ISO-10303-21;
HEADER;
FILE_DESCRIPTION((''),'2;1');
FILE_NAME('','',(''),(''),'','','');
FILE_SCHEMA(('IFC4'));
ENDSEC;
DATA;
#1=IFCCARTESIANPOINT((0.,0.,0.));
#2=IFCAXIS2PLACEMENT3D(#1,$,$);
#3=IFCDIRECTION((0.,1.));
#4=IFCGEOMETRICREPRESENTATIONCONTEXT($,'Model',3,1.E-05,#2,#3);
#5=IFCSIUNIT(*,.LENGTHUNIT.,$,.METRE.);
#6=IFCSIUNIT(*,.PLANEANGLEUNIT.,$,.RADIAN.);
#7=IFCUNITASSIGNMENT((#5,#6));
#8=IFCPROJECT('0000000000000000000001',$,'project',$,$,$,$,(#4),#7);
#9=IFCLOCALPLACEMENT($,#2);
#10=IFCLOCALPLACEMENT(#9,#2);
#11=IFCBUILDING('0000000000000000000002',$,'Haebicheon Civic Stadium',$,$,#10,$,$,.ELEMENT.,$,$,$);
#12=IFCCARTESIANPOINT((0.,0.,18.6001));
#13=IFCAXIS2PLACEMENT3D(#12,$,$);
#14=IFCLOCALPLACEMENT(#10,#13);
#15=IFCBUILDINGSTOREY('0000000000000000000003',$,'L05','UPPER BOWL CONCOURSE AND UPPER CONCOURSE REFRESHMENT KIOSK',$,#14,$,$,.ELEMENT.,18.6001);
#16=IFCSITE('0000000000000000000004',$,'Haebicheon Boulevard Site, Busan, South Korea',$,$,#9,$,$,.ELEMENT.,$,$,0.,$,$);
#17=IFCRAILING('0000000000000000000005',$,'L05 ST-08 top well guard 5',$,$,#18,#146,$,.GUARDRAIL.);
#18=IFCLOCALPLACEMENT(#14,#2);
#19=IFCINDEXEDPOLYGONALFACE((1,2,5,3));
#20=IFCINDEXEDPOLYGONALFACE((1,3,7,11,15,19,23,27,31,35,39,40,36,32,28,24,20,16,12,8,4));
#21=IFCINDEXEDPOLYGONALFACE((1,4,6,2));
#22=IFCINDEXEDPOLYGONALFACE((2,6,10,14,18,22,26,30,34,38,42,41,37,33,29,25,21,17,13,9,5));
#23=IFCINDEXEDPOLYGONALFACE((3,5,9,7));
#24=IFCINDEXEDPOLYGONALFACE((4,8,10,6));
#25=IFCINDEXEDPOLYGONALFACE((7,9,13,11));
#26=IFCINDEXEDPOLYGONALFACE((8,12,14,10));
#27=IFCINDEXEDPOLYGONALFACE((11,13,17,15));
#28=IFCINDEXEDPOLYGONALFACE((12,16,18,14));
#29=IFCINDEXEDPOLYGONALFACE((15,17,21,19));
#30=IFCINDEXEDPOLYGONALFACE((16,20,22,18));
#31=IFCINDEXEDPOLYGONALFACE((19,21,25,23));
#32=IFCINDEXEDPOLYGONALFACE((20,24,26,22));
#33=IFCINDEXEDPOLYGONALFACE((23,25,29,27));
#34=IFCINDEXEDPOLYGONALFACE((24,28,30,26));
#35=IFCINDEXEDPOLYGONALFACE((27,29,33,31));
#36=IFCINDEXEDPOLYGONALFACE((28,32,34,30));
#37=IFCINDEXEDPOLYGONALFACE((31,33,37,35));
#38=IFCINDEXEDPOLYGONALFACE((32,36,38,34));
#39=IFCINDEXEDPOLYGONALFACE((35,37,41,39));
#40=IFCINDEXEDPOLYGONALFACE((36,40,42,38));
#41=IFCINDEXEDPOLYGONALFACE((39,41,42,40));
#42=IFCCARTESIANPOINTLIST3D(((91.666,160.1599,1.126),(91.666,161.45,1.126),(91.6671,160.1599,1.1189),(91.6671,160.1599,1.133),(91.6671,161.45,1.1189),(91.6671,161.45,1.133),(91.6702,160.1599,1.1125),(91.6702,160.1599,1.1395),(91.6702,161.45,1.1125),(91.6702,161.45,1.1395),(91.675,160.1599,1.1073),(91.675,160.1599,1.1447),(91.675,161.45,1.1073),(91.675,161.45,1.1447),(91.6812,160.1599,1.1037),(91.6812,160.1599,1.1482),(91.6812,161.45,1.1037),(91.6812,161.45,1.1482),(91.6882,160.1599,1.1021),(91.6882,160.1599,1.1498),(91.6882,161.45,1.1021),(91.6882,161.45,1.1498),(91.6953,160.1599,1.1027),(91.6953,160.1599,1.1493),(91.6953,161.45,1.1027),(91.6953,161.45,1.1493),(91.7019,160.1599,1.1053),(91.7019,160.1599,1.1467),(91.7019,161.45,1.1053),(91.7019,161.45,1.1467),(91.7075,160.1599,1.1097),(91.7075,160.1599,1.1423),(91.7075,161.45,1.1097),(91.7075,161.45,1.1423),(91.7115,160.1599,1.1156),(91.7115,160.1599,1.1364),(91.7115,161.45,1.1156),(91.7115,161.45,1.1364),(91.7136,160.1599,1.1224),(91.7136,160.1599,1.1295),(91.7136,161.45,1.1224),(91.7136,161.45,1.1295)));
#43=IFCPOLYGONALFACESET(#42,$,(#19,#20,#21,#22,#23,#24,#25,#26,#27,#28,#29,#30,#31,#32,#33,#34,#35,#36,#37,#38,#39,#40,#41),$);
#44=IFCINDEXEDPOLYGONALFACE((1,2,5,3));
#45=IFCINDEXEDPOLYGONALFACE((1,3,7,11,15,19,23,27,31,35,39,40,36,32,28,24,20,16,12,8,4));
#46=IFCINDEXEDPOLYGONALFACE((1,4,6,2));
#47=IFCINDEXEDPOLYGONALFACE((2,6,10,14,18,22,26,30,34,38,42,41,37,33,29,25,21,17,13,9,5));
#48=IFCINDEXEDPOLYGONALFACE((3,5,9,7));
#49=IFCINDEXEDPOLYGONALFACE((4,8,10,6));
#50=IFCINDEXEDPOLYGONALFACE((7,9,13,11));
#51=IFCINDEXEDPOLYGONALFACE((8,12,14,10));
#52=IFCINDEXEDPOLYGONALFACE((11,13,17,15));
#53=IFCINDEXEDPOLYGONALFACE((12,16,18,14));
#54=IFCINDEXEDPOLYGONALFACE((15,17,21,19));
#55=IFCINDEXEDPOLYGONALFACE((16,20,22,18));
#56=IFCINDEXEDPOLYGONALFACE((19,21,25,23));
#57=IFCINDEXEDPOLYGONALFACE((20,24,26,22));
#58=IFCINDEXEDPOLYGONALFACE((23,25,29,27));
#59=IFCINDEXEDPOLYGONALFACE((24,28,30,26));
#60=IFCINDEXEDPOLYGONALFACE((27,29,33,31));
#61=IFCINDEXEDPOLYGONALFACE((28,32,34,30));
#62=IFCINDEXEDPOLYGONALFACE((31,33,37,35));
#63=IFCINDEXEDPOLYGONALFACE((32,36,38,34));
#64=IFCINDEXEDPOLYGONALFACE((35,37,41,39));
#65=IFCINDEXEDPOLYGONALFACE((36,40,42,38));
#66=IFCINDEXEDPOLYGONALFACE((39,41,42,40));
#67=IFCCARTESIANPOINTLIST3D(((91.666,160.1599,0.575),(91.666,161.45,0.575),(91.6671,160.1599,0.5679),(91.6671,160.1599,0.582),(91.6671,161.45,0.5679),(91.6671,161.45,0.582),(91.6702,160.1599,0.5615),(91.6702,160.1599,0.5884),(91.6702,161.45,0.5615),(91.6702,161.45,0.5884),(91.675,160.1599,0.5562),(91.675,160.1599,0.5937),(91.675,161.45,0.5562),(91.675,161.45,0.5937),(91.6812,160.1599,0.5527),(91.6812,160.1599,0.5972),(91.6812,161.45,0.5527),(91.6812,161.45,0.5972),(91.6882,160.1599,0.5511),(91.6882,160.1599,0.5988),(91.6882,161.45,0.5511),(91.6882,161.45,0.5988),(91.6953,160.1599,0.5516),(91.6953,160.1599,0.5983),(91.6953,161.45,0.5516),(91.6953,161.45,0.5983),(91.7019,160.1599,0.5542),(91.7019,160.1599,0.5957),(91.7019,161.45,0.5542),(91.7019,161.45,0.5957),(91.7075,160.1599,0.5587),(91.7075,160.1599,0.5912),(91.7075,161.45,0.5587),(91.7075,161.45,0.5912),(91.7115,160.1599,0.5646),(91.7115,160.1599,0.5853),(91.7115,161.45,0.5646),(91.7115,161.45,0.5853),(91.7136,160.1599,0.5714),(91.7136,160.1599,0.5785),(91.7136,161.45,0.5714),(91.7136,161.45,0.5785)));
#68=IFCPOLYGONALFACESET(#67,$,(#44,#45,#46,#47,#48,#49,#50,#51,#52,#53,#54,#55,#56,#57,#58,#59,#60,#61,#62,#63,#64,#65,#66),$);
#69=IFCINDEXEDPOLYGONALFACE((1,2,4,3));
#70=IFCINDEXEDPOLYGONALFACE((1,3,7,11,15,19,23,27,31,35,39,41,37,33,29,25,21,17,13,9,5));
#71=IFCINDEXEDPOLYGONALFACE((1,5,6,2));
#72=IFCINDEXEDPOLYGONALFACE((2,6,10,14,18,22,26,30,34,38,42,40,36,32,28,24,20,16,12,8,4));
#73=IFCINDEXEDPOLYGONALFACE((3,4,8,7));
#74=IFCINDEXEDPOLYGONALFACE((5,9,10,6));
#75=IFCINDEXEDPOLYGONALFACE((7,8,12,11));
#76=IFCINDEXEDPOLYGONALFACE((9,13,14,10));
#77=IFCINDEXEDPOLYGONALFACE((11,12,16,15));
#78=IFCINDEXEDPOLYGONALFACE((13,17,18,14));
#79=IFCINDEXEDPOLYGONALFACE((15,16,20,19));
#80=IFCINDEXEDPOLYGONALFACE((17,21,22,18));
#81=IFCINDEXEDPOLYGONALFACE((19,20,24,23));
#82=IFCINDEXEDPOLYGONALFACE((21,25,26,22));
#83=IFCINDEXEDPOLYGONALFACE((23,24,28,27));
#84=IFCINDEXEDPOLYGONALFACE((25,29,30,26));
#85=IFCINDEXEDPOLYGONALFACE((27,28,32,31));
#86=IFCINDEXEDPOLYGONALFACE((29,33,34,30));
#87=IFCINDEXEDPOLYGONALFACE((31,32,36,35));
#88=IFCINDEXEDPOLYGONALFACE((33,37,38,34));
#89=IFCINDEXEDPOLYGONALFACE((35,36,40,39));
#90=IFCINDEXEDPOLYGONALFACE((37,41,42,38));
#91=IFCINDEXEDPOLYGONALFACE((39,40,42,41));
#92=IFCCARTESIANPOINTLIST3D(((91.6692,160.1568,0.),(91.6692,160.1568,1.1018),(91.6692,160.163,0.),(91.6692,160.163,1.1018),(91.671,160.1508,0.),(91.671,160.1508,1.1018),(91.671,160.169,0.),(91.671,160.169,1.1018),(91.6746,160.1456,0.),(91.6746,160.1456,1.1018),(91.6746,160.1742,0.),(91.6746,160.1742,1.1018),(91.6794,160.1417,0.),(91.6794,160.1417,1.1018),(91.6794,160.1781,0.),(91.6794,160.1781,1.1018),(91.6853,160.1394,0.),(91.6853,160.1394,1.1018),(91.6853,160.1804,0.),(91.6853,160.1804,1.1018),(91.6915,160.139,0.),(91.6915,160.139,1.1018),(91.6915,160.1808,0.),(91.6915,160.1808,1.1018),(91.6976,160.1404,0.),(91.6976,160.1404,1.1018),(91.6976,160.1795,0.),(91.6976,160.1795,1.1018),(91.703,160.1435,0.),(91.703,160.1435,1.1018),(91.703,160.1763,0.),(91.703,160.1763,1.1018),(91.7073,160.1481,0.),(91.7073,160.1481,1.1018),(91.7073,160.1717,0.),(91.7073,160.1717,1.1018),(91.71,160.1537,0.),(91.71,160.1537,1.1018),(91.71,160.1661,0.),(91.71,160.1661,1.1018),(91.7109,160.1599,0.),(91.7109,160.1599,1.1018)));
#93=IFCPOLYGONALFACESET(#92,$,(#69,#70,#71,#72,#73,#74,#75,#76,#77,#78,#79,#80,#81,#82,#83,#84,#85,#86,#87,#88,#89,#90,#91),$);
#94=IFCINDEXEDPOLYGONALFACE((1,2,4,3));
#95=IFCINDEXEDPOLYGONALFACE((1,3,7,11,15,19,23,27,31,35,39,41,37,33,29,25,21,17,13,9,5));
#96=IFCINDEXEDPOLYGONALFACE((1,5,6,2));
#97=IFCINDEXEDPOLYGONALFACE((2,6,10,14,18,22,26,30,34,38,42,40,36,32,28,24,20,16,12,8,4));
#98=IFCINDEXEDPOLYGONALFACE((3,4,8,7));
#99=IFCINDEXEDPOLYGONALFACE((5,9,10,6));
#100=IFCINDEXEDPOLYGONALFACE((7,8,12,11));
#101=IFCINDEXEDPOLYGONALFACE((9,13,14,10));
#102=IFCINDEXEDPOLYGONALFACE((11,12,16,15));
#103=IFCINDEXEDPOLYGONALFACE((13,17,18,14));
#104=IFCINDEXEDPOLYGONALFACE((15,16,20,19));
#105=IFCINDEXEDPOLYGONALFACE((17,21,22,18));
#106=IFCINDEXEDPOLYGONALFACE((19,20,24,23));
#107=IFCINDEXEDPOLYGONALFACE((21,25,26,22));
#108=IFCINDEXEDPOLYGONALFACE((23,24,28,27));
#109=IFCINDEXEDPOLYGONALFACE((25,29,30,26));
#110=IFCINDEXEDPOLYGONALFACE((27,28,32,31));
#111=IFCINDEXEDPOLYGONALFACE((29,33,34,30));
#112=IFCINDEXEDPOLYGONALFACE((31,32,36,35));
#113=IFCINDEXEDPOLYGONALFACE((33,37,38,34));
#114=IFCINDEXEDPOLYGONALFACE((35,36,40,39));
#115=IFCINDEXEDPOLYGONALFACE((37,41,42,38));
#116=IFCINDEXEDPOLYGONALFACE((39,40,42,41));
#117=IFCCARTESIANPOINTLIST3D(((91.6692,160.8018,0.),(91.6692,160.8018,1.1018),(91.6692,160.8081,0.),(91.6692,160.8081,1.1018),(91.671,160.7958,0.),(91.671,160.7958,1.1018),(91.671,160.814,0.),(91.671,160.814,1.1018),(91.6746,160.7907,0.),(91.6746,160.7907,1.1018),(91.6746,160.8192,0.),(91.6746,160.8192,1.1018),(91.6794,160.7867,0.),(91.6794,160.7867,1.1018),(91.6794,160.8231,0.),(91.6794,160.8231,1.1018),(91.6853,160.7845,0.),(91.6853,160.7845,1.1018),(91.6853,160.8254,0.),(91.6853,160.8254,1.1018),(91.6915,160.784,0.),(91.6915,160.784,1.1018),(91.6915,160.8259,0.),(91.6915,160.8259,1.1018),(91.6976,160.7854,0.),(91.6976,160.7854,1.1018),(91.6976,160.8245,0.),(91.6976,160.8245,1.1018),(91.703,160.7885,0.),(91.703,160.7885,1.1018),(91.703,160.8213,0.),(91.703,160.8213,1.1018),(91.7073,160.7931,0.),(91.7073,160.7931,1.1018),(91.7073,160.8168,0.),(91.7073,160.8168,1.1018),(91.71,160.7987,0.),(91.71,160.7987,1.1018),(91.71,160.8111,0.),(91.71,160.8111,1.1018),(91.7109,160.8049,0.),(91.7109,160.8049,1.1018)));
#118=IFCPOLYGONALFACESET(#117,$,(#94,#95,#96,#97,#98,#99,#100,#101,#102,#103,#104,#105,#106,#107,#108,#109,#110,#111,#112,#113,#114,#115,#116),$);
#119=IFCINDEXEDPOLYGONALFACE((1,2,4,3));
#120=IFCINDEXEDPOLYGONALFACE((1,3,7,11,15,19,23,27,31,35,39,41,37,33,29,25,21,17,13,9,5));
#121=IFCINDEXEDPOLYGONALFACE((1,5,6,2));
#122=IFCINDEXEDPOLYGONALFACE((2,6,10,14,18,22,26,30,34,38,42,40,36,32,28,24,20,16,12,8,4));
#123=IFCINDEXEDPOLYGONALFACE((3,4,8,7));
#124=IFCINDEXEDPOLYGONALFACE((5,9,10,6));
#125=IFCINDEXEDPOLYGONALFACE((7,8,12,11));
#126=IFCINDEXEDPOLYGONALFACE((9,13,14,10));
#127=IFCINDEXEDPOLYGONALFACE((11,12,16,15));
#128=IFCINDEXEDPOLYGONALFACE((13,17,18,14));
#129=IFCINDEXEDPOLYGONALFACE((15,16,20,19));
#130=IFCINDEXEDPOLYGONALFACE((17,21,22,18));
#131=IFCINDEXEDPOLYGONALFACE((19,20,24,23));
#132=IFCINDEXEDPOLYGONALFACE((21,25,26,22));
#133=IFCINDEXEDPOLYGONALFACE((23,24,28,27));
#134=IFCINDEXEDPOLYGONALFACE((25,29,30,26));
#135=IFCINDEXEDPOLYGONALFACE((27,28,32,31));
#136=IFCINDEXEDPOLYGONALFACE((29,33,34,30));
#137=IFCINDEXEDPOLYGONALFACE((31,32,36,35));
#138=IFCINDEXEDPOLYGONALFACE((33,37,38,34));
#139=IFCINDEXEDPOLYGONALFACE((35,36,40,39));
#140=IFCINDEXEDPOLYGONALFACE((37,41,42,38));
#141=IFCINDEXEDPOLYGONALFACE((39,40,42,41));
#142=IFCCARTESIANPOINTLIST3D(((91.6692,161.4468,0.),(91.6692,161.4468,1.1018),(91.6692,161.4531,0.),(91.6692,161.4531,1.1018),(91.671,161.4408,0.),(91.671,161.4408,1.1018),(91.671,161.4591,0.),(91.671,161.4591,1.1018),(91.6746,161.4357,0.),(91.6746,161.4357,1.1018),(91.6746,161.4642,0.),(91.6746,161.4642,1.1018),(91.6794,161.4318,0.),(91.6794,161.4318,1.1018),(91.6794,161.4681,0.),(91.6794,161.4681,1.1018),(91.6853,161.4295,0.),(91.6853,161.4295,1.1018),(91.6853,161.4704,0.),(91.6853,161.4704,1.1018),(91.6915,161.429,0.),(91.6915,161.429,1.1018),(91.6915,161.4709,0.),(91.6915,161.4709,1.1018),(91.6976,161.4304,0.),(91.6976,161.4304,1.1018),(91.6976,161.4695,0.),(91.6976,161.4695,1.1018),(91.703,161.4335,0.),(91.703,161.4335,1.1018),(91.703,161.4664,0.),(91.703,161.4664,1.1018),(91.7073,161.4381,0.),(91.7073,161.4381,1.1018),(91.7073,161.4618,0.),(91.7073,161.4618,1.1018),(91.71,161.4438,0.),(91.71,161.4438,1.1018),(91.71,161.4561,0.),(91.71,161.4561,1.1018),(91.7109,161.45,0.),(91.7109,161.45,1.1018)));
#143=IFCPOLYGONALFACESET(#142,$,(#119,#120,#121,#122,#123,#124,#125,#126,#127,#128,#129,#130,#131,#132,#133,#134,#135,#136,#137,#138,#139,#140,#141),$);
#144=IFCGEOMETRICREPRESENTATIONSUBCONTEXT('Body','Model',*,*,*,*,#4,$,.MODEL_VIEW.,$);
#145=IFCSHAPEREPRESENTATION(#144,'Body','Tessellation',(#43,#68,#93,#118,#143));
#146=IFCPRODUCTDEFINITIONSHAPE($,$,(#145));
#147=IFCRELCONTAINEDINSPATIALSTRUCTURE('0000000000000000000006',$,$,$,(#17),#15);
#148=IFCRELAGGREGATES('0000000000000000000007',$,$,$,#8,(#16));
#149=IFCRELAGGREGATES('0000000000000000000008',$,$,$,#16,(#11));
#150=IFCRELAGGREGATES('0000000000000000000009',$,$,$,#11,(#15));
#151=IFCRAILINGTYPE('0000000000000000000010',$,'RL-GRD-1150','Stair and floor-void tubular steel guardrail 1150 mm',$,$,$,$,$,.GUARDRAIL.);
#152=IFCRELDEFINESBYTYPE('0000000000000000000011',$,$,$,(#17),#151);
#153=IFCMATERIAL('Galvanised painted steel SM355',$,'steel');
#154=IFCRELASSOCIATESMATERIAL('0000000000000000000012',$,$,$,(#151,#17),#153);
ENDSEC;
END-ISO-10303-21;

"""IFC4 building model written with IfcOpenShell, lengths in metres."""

from ifc_helpers import new_model, si_unit, direction, frame, origin, origin_2d, place, context, subcontext, project, spatial, circle, extrude, material, type_object, element, save


model = new_model("IFC4")

# Units and contexts
model_context = context("Model", 3, precision=1e-05, world=origin(), true_north=direction((0.0, 1.0)))
body_context = subcontext(model_context, "Body", "Model", "MODEL_VIEW")
ifc_project = project(units=[si_unit("LENGTHUNIT", "METRE"), si_unit("PLANEANGLEUNIT", "RADIAN")], contexts=[model_context])

# Site, building, storey
site_placement = place(None, origin())
site = spatial("IfcSite", under=ifc_project, at=site_placement, Name="Haebicheon Boulevard Site, Busan, South Korea", CompositionType="ELEMENT", RefElevation=0.0)
building_placement = place(site_placement, origin())
building = spatial("IfcBuilding", under=site, at=building_placement, Name="Haebicheon Civic Stadium", CompositionType="ELEMENT")
storey_placement = place(building_placement, frame((0.0, 0.0, 18.6001)))
storey = spatial("IfcBuildingStorey", under=building, at=storey_placement, Name="L05", Description="UPPER BOWL CONCOURSE AND UPPER CONCOURSE REFRESHMENT KIOSK", CompositionType="ELEMENT", Elevation=18.6001)

# Railing
ifc_material_1 = material(Name="Galvanised painted steel SM355", Category="steel")
railing_type = type_object("IfcRailingType", Name="RL-GRD-1150", Description="Stair and floor-void tubular steel guardrail 1150 mm", PredefinedType="GUARDRAIL", material=ifc_material_1)
for number, where, name in (
    (1, (91.6899, 160.1599, 0.0), "L05 ST-08 top well guard 5"),
):
    element("IfcRailing", number, at=place(storey_placement, frame(where)), inside=storey, type_object=railing_type, material=ifc_material_1, Name=name, PredefinedType="GUARDRAIL", context=body_context, shape_type="SweptSolid", body=[
        extrude(circle(Radius=0.0239, at=origin_2d()), frame((0.0, 0.0, 1.126), z_axis=(0.0, 1.0, 0.0), x_axis=(-1.0, 0.0, 0.0)), (0.0, 0.0, 1.0), 1.29),
        extrude(circle(Radius=0.0239, at=origin_2d()), frame((0.0, 0.0, 0.575), z_axis=(0.0, 1.0, 0.0), x_axis=(-1.0, 0.0, 0.0)), (0.0, 0.0, 1.0), 1.29),
        extrude(circle(Radius=0.021, at=origin_2d()), origin(), (0.0, 0.0, 1.0), 1.1018),
        extrude(circle(Radius=0.021, at=origin_2d()), frame((0.0, 0.645, 0.0)), (0.0, 0.0, 1.0), 1.1018),
        extrude(circle(Radius=0.021, at=origin_2d()), frame((0.0, 1.29, 0.0)), (0.0, 0.0, 1.0), 1.1018),
    ])

save(model, "model.ifc")
